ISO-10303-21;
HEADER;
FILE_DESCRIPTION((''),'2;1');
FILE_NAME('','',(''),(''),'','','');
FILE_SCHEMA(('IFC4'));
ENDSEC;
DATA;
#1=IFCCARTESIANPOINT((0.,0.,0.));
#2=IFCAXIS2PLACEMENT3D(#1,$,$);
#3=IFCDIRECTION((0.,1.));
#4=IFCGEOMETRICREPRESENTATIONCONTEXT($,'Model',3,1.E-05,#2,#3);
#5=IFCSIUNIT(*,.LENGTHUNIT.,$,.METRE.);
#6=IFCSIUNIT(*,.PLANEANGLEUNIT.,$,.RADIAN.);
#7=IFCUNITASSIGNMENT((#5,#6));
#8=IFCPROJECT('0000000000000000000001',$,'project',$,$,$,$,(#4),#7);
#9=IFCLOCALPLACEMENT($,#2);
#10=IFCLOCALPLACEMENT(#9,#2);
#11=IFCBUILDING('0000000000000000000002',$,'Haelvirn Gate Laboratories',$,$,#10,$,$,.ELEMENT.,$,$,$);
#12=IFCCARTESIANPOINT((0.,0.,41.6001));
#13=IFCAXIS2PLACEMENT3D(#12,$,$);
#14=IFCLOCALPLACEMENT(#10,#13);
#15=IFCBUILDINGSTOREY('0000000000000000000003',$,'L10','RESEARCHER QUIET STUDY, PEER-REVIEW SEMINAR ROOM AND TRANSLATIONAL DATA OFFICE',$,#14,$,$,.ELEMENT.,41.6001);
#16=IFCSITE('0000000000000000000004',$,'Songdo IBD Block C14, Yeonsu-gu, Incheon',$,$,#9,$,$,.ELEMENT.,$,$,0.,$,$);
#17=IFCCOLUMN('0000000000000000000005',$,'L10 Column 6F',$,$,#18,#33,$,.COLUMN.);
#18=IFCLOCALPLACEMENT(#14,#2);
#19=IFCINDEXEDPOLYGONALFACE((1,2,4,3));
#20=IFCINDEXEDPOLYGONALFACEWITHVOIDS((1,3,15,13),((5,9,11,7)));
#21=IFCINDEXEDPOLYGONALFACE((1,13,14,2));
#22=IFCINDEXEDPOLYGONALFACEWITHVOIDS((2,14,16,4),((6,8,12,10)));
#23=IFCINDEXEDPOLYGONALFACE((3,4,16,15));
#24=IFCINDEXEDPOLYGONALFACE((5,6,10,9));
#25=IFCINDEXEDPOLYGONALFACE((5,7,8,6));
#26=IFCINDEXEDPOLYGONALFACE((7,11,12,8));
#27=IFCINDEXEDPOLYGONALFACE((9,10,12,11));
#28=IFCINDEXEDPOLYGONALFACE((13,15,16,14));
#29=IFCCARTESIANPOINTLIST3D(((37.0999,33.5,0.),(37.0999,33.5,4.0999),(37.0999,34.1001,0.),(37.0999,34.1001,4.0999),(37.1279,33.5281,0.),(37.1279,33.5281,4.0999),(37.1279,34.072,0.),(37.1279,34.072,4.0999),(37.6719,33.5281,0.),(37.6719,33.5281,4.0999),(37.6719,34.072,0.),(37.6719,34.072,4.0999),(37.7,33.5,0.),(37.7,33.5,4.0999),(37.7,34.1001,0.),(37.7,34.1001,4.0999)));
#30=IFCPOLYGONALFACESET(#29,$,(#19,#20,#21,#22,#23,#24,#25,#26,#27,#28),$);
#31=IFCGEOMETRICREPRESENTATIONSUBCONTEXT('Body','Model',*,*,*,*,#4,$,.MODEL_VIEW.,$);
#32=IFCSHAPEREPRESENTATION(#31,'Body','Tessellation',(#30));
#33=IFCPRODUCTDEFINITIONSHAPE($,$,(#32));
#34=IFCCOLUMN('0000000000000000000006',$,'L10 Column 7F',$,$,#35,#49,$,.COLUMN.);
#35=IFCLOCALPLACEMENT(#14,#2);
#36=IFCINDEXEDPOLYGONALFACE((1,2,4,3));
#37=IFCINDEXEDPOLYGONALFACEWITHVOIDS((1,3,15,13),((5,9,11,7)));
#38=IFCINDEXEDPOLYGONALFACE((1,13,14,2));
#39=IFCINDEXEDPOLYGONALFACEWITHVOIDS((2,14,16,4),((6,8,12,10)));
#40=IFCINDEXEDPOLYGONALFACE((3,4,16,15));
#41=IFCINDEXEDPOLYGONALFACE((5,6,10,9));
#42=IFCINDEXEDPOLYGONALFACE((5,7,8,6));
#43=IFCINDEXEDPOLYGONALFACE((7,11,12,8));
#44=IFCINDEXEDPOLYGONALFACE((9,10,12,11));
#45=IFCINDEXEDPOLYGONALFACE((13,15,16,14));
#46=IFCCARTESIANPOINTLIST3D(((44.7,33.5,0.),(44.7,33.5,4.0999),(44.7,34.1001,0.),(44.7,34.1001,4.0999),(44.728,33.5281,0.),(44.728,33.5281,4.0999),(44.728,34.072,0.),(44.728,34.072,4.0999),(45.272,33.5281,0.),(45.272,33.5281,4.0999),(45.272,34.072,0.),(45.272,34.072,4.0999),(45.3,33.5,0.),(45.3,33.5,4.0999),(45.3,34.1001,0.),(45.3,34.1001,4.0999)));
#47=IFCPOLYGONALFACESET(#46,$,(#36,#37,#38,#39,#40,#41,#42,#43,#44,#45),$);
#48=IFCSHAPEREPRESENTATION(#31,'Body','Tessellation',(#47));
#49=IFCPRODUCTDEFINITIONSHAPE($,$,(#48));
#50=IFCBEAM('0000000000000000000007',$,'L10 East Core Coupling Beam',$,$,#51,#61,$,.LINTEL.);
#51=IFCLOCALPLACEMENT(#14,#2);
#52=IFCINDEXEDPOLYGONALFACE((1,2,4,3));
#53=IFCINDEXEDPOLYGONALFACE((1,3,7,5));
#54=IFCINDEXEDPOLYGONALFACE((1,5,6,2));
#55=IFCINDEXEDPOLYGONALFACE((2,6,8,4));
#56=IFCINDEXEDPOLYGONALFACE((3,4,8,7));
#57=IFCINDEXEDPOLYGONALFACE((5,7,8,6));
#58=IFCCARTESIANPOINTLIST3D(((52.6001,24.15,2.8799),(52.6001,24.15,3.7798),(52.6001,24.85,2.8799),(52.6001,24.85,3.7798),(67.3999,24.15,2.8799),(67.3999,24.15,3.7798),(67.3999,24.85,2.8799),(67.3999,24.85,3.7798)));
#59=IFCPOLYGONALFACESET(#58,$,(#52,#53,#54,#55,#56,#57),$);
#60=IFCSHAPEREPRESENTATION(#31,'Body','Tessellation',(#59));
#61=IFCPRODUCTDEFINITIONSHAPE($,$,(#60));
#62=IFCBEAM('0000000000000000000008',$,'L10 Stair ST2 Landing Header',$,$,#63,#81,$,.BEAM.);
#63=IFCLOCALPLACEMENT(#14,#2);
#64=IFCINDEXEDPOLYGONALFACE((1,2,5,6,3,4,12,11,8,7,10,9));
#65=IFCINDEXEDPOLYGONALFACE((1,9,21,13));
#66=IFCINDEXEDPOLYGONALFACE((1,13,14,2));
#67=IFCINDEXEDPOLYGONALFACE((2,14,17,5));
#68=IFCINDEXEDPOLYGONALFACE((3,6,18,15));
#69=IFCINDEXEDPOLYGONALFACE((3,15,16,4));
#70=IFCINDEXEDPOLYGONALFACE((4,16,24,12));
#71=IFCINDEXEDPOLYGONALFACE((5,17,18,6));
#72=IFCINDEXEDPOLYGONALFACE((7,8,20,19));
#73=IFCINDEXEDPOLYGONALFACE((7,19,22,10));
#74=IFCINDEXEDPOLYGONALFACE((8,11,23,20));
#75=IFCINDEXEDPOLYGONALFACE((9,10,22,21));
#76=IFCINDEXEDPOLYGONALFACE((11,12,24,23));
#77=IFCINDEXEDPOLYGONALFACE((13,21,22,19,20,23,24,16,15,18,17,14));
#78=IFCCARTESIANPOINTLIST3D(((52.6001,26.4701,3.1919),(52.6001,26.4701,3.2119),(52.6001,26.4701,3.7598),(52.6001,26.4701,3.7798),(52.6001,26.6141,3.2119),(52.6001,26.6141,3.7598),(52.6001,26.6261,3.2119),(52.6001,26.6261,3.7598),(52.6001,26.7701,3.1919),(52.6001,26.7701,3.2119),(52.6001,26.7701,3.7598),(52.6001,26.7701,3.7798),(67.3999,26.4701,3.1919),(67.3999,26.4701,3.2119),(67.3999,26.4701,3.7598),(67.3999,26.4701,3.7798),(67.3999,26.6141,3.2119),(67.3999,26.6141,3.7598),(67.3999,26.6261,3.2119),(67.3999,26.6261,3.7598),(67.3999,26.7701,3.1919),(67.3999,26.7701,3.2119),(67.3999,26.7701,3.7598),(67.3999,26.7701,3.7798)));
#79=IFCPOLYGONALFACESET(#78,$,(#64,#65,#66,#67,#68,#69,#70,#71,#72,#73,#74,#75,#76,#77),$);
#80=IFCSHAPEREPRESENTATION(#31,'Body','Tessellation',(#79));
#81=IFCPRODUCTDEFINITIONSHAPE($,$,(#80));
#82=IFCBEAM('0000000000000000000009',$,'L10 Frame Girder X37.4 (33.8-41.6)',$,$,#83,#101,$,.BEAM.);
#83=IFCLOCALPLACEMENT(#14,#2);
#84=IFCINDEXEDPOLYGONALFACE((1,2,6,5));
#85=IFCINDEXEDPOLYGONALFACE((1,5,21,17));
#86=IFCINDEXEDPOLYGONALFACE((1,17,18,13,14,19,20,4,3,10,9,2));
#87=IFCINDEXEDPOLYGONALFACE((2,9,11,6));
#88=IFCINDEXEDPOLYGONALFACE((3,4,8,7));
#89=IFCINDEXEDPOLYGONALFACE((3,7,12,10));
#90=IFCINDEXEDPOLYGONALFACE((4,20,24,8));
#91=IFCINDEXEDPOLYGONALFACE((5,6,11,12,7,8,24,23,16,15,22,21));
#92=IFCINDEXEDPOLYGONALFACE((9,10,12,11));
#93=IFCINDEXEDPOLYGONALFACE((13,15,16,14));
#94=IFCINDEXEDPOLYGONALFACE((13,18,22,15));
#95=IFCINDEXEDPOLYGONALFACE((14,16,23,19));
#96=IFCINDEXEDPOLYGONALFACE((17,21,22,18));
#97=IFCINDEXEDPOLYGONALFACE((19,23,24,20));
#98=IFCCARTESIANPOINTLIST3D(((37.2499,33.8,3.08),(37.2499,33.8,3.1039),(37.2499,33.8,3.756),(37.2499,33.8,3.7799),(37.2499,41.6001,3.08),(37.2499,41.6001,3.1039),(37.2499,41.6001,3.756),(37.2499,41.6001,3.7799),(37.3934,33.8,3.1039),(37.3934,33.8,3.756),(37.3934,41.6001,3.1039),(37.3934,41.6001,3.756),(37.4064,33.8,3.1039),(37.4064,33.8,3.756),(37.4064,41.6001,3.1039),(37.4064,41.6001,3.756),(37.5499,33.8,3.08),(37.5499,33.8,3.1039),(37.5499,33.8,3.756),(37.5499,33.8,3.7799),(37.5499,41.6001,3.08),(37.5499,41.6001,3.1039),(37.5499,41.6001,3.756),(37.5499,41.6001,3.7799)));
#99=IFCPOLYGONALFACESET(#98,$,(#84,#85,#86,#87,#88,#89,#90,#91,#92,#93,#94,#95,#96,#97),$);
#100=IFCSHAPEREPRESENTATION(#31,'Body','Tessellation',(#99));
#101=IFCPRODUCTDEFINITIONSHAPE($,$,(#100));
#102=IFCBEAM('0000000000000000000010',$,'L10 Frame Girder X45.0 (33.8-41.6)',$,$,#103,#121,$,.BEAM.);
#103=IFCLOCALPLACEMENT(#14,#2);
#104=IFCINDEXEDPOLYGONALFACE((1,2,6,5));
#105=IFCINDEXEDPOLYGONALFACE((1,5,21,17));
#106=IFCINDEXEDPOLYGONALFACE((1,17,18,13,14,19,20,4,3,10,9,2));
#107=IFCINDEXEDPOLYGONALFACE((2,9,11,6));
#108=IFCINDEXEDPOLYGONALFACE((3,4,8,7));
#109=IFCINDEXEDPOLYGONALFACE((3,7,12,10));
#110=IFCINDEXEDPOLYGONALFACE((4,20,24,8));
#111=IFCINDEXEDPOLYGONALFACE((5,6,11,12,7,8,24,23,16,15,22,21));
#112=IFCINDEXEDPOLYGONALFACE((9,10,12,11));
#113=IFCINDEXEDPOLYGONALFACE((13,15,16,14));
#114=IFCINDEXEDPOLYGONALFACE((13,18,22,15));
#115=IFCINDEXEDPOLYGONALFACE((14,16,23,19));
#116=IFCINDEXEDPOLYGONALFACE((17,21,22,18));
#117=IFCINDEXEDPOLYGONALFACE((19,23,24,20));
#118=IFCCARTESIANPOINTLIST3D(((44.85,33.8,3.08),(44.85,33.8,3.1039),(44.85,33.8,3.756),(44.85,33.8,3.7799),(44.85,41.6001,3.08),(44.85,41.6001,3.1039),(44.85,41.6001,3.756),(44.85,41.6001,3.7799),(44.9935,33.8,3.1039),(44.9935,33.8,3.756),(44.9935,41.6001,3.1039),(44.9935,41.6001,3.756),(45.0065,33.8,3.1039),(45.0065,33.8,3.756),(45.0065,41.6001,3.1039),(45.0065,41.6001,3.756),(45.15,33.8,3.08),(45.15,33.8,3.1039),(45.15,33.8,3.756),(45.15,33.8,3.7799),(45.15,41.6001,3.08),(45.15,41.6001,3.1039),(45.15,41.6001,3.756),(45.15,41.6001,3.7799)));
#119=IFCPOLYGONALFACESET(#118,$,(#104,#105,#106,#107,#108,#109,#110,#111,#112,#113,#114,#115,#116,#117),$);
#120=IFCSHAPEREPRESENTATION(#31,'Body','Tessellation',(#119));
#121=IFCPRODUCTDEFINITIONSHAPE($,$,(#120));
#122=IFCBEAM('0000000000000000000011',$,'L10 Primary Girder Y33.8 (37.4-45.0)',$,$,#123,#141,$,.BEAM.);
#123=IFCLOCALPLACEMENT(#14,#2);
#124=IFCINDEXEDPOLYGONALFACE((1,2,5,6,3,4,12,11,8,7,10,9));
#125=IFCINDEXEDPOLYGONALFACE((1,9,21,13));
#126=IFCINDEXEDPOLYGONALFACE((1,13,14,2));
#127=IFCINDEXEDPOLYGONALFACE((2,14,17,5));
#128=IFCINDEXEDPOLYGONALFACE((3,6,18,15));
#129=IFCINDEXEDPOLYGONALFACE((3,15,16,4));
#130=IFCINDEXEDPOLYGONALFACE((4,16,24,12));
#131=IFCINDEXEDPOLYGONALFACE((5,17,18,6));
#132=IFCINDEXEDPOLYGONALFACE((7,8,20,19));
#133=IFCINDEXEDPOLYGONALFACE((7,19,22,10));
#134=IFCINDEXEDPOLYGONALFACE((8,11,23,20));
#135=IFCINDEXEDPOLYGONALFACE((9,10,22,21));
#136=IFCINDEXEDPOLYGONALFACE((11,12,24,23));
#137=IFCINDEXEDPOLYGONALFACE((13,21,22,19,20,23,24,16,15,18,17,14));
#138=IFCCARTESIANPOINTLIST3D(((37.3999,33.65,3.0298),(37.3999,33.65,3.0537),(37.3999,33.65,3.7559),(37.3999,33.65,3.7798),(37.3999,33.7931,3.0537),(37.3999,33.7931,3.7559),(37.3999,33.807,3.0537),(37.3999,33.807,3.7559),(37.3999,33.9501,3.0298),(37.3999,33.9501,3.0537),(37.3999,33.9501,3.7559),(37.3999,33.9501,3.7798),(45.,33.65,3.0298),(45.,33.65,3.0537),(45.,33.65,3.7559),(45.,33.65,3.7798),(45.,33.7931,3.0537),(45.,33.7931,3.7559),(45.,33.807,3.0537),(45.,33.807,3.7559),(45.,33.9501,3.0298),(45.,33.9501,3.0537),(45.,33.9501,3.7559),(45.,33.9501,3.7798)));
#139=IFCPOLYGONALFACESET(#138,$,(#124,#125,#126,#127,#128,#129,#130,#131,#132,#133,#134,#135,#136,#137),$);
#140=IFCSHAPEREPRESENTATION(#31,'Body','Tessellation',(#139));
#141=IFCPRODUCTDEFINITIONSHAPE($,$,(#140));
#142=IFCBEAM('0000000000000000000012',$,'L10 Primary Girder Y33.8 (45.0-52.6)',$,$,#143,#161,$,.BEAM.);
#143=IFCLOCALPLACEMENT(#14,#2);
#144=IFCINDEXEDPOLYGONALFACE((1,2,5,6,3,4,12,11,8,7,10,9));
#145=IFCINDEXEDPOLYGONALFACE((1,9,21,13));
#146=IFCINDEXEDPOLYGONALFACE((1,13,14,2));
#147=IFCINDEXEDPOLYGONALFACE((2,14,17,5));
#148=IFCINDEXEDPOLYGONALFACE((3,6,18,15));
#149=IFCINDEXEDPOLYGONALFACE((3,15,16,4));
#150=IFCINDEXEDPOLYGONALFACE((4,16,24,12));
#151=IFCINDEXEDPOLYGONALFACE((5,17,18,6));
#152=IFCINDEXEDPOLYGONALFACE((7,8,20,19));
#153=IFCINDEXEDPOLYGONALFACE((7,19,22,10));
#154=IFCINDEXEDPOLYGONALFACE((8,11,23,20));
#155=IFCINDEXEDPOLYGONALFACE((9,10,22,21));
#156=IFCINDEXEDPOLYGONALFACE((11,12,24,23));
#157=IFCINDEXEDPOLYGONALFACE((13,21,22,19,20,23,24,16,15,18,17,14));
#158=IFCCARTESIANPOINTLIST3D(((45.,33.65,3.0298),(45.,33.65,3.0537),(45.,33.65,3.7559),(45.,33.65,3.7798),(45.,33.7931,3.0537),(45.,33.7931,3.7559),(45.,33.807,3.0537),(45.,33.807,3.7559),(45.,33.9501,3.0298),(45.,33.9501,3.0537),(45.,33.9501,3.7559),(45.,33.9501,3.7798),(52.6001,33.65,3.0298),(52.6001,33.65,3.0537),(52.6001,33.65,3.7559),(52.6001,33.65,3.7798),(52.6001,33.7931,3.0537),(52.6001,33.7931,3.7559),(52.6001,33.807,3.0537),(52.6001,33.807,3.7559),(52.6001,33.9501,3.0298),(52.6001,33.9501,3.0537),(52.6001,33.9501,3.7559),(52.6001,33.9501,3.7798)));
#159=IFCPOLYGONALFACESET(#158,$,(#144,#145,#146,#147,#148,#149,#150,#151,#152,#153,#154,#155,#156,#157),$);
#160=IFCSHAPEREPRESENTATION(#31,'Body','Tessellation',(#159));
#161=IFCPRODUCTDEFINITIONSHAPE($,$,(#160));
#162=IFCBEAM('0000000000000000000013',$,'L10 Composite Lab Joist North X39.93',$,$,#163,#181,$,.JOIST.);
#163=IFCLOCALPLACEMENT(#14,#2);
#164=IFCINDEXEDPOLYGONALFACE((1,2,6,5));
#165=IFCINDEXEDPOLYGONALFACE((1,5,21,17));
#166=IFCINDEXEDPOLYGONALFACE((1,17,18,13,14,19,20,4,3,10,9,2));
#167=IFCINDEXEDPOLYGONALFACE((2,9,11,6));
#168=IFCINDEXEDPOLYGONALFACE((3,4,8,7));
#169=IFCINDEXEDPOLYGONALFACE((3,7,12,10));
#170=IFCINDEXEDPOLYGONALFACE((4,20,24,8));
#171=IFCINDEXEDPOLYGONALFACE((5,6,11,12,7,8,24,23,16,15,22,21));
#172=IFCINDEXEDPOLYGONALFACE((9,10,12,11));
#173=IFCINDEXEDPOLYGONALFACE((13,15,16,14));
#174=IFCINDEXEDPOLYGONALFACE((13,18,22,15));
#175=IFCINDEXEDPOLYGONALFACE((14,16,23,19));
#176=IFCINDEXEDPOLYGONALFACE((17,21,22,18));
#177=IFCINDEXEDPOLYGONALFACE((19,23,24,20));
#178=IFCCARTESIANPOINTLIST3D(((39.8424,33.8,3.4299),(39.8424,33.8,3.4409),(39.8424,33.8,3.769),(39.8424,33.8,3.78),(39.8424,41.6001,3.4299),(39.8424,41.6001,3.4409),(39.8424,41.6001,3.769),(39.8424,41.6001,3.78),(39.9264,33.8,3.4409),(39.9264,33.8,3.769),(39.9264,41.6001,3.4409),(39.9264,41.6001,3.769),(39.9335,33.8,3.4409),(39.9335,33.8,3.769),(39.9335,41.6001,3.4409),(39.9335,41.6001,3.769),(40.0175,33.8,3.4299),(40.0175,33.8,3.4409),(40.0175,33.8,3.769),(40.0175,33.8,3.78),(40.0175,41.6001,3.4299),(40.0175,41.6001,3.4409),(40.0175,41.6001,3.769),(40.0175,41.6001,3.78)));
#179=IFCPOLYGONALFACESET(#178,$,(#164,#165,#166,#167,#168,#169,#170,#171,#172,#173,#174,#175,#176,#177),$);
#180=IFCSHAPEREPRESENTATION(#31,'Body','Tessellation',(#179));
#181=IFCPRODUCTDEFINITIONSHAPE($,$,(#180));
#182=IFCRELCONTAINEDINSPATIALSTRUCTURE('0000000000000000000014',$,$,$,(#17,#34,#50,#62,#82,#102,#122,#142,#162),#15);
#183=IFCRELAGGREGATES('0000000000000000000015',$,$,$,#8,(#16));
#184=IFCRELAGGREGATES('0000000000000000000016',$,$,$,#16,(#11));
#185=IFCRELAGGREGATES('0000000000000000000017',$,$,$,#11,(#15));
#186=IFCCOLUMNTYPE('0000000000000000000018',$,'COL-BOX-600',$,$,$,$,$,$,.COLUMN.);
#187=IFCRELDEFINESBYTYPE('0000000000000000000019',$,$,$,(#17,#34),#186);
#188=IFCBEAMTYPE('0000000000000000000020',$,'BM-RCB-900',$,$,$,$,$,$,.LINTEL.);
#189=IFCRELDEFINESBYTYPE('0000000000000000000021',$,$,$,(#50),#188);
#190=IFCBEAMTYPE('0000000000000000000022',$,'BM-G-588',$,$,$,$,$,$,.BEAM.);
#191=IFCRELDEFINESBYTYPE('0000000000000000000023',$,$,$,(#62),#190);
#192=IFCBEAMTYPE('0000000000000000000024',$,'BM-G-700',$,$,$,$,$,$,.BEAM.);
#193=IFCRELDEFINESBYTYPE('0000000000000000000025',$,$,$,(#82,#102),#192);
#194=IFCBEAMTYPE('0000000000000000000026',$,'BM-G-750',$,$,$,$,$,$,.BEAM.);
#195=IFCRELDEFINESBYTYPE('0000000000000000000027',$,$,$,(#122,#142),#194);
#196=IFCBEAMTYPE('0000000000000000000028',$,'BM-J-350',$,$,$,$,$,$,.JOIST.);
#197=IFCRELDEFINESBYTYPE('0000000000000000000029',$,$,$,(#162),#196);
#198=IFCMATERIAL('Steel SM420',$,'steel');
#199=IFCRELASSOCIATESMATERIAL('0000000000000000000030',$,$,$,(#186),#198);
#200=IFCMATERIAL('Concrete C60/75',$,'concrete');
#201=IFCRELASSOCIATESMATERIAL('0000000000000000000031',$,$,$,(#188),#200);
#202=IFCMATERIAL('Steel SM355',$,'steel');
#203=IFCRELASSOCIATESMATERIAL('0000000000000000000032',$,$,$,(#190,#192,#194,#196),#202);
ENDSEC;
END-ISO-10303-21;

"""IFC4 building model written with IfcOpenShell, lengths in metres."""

from ifc_helpers import new_model, si_unit, direction, frame, origin, origin_2d, place, context, subcontext, project, spatial, rectangle, hollow_rectangle, i_section, extrude, source, transform, mapped, material, material_profile, profile_set, type_object, type_shapes, element, save


model = new_model("IFC4")

# Units and contexts
model_context = context("Model", 3, precision=1e-05, world=origin(), true_north=direction((0.0, 1.0)))
body_context = subcontext(model_context, "Body", "Model", "MODEL_VIEW")
ifc_project = project(units=[si_unit("LENGTHUNIT", "METRE"), si_unit("PLANEANGLEUNIT", "RADIAN")], contexts=[model_context])

# Site, building, storey
site_placement = place(None, origin())
site = spatial("IfcSite", under=ifc_project, at=site_placement, Name="Songdo IBD Block C14, Yeonsu-gu, Incheon", CompositionType="ELEMENT", RefElevation=0.0)
building_placement = place(site_placement, origin())
building = spatial("IfcBuilding", under=site, at=building_placement, Name="Haelvirn Gate Laboratories", CompositionType="ELEMENT")
storey_placement = place(building_placement, frame((0.0, 0.0, 41.6001)))
storey = spatial("IfcBuildingStorey", under=building, at=storey_placement, Name="L10", Description="RESEARCHER QUIET STUDY, PEER-REVIEW SEMINAR ROOM AND TRANSLATIONAL DATA OFFICE", CompositionType="ELEMENT", Elevation=41.6001)

# Columns
ifc_material_1 = material(Name="Steel SM420", Category="steel")
ifc_material_profile_1 = material_profile(ifc_material_1, hollow_rectangle(XDim=0.6001, YDim=0.6001, WallThickness=0.0281, at=origin_2d()), Name="BOX-600x600x28")
ifc_profile_set_1 = profile_set([ifc_material_profile_1], Name="Steel SM420")
column_type = type_object("IfcColumnType", Name="COL-BOX-600", PredefinedType="COLUMN", material=ifc_profile_set_1)
shared_shape_1 = source(origin(), body_context, "Body", "SweptSolid", [
    extrude(hollow_rectangle(XDim=0.6001, YDim=0.6001, WallThickness=0.0281, at=origin_2d()), origin(), (0.0, 0.0, 1.0), 4.0999),
])
type_shapes(column_type, [shared_shape_1])
for number, where, z_axis, x_axis, name in (
    (1, (37.3999, 33.8, 0.0), (0.0, 0.0, 1.0), (1.0, 0.0, 0.0), "L10 Column 6F"),
    (2, (45.0, 33.8, 0.0), (0.0, 0.0, 1.0), (1.0, 0.0, 0.0), "L10 Column 7F"),
):
    element("IfcColumn", number, at=place(storey_placement, frame(where, z_axis=z_axis, x_axis=x_axis)), inside=storey, type_object=column_type, Name=name, PredefinedType="COLUMN", context=body_context, shape_type="MappedRepresentation", body=[
        mapped(shared_shape_1, transform((0.0, 0.0, 0.0), scale=1.0)),
    ])

# Beams
ifc_material_2 = material(Name="Concrete C60/75", Category="concrete")
ifc_material_profile_2 = material_profile(ifc_material_2, rectangle(XDim=0.7, YDim=0.8999, at=origin_2d()), Name="RCB-700x900")
ifc_profile_set_2 = profile_set([ifc_material_profile_2], Name="Concrete C60/75")
beam_type_1 = type_object("IfcBeamType", Name="BM-RCB-900", PredefinedType="LINTEL", material=ifc_profile_set_2)
shared_shape_2 = source(origin(), body_context, "Body", "SweptSolid", [
    extrude(rectangle(XDim=0.7, YDim=0.8999, at=origin_2d()), origin(), (0.0, 0.0, 1.0), 14.7998),
])
type_shapes(beam_type_1, [shared_shape_2])
beam_1_placement = place(storey_placement, frame((52.6001, 24.5, 3.3298), z_axis=(1.0, 0.0, 0.0), x_axis=(0.0, 1.0, 0.0)))
element("IfcBeam", 3, at=beam_1_placement, inside=storey, type_object=beam_type_1, Name="L10 East Core Coupling Beam", PredefinedType="LINTEL", context=body_context, shape_type="MappedRepresentation", body=[
    mapped(shared_shape_2, transform((0.0, 0.0, 0.0), scale=1.0)),
])
ifc_material_3 = material(Name="Steel SM355", Category="steel")
ifc_material_profile_3 = material_profile(ifc_material_3, i_section(OverallWidth=0.3, OverallDepth=0.5879, WebThickness=0.012, FlangeThickness=0.02, at=origin_2d()), Name="H-588x300x12x20")
ifc_profile_set_3 = profile_set([ifc_material_profile_3], Name="Steel SM355")
beam_type_2 = type_object("IfcBeamType", Name="BM-G-588", PredefinedType="BEAM", material=ifc_profile_set_3)
shared_shape_3 = source(origin(), body_context, "Body", "SweptSolid", [
    extrude(i_section(OverallWidth=0.3, OverallDepth=0.5879, WebThickness=0.012, FlangeThickness=0.02, at=origin_2d()), origin(), (0.0, 0.0, 1.0), 14.7998),
])
type_shapes(beam_type_2, [shared_shape_3])
beam_2_placement = place(storey_placement, frame((52.6001, 26.6201, 3.4858), z_axis=(1.0, 0.0, 0.0), x_axis=(0.0, 1.0, 0.0)))
element("IfcBeam", 4, at=beam_2_placement, inside=storey, type_object=beam_type_2, Name="L10 Stair ST2 Landing Header", PredefinedType="BEAM", context=body_context, shape_type="MappedRepresentation", body=[
    mapped(shared_shape_3, transform((0.0, 0.0, 0.0), scale=1.0)),
])
ifc_material_profile_4 = material_profile(ifc_material_3, i_section(OverallWidth=0.3, OverallDepth=0.7, WebThickness=0.0129, FlangeThickness=0.0239, at=origin_2d()), Name="H-700x300x13x24")
ifc_profile_set_4 = profile_set([ifc_material_profile_4], Name="Steel SM355")
beam_type_3 = type_object("IfcBeamType", Name="BM-G-700", PredefinedType="BEAM", material=ifc_profile_set_4)
shared_shape_4 = source(origin(), body_context, "Body", "SweptSolid", [
    extrude(i_section(OverallWidth=0.3, OverallDepth=0.7, WebThickness=0.0129, FlangeThickness=0.0239, at=origin_2d()), origin(), (0.0, 0.0, 1.0), 7.8),
])
type_shapes(beam_type_3, [shared_shape_4])
for number, where, z_axis, x_axis, name in (
    (5, (37.3999, 33.8, 3.4299), (0.0, 1.0, 0.0), (-1.0, 0.0, 0.0), "L10 Frame Girder X37.4 (33.8-41.6)"),
    (6, (45.0, 33.8, 3.4299), (0.0, 1.0, 0.0), (-1.0, 0.0, 0.0), "L10 Frame Girder X45.0 (33.8-41.6)"),
):
    element("IfcBeam", number, at=place(storey_placement, frame(where, z_axis=z_axis, x_axis=x_axis)), inside=storey, type_object=beam_type_3, Name=name, PredefinedType="BEAM", context=body_context, shape_type="MappedRepresentation", body=[
        mapped(shared_shape_4, transform((0.0, 0.0, 0.0), scale=1.0)),
    ])
ifc_material_profile_5 = material_profile(ifc_material_3, i_section(OverallWidth=0.3, OverallDepth=0.75, WebThickness=0.0139, FlangeThickness=0.0239, at=origin_2d()), Name="H-750x300x14x24")
ifc_profile_set_5 = profile_set([ifc_material_profile_5], Name="Steel SM355")
beam_type_4 = type_object("IfcBeamType", Name="BM-G-750", PredefinedType="BEAM", material=ifc_profile_set_5)
shared_shape_5 = source(origin(), body_context, "Body", "SweptSolid", [
    extrude(i_section(OverallWidth=0.3, OverallDepth=0.75, WebThickness=0.0139, FlangeThickness=0.0239, at=origin_2d()), origin(), (0.0, 0.0, 1.0), 7.6001),
])
type_shapes(beam_type_4, [shared_shape_5])
for number, where, z_axis, x_axis, name in (
    (7, (37.3999, 33.8, 3.4048), (1.0, 0.0, 0.0), (0.0, 1.0, 0.0), "L10 Primary Girder Y33.8 (37.4-45.0)"),
    (8, (45.0, 33.8, 3.4048), (1.0, 0.0, 0.0), (0.0, 1.0, 0.0), "L10 Primary Girder Y33.8 (45.0-52.6)"),
):
    element("IfcBeam", number, at=place(storey_placement, frame(where, z_axis=z_axis, x_axis=x_axis)), inside=storey, type_object=beam_type_4, Name=name, PredefinedType="BEAM", context=body_context, shape_type="MappedRepresentation", body=[
        mapped(shared_shape_5, transform((0.0, 0.0, 0.0), scale=1.0)),
    ])
ifc_material_profile_6 = material_profile(ifc_material_3, i_section(OverallWidth=0.175, OverallDepth=0.3501, WebThickness=0.0071, FlangeThickness=0.011, at=origin_2d()), Name="H-350x175x7x11")
ifc_profile_set_6 = profile_set([ifc_material_profile_6], Name="Steel SM355")
beam_type_5 = type_object("IfcBeamType", Name="BM-J-350", PredefinedType="JOIST", material=ifc_profile_set_6)
shared_shape_6 = source(origin(), body_context, "Body", "SweptSolid", [
    extrude(i_section(OverallWidth=0.175, OverallDepth=0.3501, WebThickness=0.0071, FlangeThickness=0.011, at=origin_2d()), origin(), (0.0, 0.0, 1.0), 7.8),
])
type_shapes(beam_type_5, [shared_shape_6])
for number, where, z_axis, x_axis, name in (
    (9, (39.9299, 33.8, 3.605), (0.0, 1.0, 0.0), (-1.0, 0.0, 0.0), "L10 Composite Lab Joist North X39.93"),
):
    element("IfcBeam", number, at=place(storey_placement, frame(where, z_axis=z_axis, x_axis=x_axis)), inside=storey, type_object=beam_type_5, Name=name, PredefinedType="JOIST", context=body_context, shape_type="MappedRepresentation", body=[
        mapped(shared_shape_6, transform((0.0, 0.0, 0.0), scale=1.0)),
    ])

save(model, "model.ifc")
